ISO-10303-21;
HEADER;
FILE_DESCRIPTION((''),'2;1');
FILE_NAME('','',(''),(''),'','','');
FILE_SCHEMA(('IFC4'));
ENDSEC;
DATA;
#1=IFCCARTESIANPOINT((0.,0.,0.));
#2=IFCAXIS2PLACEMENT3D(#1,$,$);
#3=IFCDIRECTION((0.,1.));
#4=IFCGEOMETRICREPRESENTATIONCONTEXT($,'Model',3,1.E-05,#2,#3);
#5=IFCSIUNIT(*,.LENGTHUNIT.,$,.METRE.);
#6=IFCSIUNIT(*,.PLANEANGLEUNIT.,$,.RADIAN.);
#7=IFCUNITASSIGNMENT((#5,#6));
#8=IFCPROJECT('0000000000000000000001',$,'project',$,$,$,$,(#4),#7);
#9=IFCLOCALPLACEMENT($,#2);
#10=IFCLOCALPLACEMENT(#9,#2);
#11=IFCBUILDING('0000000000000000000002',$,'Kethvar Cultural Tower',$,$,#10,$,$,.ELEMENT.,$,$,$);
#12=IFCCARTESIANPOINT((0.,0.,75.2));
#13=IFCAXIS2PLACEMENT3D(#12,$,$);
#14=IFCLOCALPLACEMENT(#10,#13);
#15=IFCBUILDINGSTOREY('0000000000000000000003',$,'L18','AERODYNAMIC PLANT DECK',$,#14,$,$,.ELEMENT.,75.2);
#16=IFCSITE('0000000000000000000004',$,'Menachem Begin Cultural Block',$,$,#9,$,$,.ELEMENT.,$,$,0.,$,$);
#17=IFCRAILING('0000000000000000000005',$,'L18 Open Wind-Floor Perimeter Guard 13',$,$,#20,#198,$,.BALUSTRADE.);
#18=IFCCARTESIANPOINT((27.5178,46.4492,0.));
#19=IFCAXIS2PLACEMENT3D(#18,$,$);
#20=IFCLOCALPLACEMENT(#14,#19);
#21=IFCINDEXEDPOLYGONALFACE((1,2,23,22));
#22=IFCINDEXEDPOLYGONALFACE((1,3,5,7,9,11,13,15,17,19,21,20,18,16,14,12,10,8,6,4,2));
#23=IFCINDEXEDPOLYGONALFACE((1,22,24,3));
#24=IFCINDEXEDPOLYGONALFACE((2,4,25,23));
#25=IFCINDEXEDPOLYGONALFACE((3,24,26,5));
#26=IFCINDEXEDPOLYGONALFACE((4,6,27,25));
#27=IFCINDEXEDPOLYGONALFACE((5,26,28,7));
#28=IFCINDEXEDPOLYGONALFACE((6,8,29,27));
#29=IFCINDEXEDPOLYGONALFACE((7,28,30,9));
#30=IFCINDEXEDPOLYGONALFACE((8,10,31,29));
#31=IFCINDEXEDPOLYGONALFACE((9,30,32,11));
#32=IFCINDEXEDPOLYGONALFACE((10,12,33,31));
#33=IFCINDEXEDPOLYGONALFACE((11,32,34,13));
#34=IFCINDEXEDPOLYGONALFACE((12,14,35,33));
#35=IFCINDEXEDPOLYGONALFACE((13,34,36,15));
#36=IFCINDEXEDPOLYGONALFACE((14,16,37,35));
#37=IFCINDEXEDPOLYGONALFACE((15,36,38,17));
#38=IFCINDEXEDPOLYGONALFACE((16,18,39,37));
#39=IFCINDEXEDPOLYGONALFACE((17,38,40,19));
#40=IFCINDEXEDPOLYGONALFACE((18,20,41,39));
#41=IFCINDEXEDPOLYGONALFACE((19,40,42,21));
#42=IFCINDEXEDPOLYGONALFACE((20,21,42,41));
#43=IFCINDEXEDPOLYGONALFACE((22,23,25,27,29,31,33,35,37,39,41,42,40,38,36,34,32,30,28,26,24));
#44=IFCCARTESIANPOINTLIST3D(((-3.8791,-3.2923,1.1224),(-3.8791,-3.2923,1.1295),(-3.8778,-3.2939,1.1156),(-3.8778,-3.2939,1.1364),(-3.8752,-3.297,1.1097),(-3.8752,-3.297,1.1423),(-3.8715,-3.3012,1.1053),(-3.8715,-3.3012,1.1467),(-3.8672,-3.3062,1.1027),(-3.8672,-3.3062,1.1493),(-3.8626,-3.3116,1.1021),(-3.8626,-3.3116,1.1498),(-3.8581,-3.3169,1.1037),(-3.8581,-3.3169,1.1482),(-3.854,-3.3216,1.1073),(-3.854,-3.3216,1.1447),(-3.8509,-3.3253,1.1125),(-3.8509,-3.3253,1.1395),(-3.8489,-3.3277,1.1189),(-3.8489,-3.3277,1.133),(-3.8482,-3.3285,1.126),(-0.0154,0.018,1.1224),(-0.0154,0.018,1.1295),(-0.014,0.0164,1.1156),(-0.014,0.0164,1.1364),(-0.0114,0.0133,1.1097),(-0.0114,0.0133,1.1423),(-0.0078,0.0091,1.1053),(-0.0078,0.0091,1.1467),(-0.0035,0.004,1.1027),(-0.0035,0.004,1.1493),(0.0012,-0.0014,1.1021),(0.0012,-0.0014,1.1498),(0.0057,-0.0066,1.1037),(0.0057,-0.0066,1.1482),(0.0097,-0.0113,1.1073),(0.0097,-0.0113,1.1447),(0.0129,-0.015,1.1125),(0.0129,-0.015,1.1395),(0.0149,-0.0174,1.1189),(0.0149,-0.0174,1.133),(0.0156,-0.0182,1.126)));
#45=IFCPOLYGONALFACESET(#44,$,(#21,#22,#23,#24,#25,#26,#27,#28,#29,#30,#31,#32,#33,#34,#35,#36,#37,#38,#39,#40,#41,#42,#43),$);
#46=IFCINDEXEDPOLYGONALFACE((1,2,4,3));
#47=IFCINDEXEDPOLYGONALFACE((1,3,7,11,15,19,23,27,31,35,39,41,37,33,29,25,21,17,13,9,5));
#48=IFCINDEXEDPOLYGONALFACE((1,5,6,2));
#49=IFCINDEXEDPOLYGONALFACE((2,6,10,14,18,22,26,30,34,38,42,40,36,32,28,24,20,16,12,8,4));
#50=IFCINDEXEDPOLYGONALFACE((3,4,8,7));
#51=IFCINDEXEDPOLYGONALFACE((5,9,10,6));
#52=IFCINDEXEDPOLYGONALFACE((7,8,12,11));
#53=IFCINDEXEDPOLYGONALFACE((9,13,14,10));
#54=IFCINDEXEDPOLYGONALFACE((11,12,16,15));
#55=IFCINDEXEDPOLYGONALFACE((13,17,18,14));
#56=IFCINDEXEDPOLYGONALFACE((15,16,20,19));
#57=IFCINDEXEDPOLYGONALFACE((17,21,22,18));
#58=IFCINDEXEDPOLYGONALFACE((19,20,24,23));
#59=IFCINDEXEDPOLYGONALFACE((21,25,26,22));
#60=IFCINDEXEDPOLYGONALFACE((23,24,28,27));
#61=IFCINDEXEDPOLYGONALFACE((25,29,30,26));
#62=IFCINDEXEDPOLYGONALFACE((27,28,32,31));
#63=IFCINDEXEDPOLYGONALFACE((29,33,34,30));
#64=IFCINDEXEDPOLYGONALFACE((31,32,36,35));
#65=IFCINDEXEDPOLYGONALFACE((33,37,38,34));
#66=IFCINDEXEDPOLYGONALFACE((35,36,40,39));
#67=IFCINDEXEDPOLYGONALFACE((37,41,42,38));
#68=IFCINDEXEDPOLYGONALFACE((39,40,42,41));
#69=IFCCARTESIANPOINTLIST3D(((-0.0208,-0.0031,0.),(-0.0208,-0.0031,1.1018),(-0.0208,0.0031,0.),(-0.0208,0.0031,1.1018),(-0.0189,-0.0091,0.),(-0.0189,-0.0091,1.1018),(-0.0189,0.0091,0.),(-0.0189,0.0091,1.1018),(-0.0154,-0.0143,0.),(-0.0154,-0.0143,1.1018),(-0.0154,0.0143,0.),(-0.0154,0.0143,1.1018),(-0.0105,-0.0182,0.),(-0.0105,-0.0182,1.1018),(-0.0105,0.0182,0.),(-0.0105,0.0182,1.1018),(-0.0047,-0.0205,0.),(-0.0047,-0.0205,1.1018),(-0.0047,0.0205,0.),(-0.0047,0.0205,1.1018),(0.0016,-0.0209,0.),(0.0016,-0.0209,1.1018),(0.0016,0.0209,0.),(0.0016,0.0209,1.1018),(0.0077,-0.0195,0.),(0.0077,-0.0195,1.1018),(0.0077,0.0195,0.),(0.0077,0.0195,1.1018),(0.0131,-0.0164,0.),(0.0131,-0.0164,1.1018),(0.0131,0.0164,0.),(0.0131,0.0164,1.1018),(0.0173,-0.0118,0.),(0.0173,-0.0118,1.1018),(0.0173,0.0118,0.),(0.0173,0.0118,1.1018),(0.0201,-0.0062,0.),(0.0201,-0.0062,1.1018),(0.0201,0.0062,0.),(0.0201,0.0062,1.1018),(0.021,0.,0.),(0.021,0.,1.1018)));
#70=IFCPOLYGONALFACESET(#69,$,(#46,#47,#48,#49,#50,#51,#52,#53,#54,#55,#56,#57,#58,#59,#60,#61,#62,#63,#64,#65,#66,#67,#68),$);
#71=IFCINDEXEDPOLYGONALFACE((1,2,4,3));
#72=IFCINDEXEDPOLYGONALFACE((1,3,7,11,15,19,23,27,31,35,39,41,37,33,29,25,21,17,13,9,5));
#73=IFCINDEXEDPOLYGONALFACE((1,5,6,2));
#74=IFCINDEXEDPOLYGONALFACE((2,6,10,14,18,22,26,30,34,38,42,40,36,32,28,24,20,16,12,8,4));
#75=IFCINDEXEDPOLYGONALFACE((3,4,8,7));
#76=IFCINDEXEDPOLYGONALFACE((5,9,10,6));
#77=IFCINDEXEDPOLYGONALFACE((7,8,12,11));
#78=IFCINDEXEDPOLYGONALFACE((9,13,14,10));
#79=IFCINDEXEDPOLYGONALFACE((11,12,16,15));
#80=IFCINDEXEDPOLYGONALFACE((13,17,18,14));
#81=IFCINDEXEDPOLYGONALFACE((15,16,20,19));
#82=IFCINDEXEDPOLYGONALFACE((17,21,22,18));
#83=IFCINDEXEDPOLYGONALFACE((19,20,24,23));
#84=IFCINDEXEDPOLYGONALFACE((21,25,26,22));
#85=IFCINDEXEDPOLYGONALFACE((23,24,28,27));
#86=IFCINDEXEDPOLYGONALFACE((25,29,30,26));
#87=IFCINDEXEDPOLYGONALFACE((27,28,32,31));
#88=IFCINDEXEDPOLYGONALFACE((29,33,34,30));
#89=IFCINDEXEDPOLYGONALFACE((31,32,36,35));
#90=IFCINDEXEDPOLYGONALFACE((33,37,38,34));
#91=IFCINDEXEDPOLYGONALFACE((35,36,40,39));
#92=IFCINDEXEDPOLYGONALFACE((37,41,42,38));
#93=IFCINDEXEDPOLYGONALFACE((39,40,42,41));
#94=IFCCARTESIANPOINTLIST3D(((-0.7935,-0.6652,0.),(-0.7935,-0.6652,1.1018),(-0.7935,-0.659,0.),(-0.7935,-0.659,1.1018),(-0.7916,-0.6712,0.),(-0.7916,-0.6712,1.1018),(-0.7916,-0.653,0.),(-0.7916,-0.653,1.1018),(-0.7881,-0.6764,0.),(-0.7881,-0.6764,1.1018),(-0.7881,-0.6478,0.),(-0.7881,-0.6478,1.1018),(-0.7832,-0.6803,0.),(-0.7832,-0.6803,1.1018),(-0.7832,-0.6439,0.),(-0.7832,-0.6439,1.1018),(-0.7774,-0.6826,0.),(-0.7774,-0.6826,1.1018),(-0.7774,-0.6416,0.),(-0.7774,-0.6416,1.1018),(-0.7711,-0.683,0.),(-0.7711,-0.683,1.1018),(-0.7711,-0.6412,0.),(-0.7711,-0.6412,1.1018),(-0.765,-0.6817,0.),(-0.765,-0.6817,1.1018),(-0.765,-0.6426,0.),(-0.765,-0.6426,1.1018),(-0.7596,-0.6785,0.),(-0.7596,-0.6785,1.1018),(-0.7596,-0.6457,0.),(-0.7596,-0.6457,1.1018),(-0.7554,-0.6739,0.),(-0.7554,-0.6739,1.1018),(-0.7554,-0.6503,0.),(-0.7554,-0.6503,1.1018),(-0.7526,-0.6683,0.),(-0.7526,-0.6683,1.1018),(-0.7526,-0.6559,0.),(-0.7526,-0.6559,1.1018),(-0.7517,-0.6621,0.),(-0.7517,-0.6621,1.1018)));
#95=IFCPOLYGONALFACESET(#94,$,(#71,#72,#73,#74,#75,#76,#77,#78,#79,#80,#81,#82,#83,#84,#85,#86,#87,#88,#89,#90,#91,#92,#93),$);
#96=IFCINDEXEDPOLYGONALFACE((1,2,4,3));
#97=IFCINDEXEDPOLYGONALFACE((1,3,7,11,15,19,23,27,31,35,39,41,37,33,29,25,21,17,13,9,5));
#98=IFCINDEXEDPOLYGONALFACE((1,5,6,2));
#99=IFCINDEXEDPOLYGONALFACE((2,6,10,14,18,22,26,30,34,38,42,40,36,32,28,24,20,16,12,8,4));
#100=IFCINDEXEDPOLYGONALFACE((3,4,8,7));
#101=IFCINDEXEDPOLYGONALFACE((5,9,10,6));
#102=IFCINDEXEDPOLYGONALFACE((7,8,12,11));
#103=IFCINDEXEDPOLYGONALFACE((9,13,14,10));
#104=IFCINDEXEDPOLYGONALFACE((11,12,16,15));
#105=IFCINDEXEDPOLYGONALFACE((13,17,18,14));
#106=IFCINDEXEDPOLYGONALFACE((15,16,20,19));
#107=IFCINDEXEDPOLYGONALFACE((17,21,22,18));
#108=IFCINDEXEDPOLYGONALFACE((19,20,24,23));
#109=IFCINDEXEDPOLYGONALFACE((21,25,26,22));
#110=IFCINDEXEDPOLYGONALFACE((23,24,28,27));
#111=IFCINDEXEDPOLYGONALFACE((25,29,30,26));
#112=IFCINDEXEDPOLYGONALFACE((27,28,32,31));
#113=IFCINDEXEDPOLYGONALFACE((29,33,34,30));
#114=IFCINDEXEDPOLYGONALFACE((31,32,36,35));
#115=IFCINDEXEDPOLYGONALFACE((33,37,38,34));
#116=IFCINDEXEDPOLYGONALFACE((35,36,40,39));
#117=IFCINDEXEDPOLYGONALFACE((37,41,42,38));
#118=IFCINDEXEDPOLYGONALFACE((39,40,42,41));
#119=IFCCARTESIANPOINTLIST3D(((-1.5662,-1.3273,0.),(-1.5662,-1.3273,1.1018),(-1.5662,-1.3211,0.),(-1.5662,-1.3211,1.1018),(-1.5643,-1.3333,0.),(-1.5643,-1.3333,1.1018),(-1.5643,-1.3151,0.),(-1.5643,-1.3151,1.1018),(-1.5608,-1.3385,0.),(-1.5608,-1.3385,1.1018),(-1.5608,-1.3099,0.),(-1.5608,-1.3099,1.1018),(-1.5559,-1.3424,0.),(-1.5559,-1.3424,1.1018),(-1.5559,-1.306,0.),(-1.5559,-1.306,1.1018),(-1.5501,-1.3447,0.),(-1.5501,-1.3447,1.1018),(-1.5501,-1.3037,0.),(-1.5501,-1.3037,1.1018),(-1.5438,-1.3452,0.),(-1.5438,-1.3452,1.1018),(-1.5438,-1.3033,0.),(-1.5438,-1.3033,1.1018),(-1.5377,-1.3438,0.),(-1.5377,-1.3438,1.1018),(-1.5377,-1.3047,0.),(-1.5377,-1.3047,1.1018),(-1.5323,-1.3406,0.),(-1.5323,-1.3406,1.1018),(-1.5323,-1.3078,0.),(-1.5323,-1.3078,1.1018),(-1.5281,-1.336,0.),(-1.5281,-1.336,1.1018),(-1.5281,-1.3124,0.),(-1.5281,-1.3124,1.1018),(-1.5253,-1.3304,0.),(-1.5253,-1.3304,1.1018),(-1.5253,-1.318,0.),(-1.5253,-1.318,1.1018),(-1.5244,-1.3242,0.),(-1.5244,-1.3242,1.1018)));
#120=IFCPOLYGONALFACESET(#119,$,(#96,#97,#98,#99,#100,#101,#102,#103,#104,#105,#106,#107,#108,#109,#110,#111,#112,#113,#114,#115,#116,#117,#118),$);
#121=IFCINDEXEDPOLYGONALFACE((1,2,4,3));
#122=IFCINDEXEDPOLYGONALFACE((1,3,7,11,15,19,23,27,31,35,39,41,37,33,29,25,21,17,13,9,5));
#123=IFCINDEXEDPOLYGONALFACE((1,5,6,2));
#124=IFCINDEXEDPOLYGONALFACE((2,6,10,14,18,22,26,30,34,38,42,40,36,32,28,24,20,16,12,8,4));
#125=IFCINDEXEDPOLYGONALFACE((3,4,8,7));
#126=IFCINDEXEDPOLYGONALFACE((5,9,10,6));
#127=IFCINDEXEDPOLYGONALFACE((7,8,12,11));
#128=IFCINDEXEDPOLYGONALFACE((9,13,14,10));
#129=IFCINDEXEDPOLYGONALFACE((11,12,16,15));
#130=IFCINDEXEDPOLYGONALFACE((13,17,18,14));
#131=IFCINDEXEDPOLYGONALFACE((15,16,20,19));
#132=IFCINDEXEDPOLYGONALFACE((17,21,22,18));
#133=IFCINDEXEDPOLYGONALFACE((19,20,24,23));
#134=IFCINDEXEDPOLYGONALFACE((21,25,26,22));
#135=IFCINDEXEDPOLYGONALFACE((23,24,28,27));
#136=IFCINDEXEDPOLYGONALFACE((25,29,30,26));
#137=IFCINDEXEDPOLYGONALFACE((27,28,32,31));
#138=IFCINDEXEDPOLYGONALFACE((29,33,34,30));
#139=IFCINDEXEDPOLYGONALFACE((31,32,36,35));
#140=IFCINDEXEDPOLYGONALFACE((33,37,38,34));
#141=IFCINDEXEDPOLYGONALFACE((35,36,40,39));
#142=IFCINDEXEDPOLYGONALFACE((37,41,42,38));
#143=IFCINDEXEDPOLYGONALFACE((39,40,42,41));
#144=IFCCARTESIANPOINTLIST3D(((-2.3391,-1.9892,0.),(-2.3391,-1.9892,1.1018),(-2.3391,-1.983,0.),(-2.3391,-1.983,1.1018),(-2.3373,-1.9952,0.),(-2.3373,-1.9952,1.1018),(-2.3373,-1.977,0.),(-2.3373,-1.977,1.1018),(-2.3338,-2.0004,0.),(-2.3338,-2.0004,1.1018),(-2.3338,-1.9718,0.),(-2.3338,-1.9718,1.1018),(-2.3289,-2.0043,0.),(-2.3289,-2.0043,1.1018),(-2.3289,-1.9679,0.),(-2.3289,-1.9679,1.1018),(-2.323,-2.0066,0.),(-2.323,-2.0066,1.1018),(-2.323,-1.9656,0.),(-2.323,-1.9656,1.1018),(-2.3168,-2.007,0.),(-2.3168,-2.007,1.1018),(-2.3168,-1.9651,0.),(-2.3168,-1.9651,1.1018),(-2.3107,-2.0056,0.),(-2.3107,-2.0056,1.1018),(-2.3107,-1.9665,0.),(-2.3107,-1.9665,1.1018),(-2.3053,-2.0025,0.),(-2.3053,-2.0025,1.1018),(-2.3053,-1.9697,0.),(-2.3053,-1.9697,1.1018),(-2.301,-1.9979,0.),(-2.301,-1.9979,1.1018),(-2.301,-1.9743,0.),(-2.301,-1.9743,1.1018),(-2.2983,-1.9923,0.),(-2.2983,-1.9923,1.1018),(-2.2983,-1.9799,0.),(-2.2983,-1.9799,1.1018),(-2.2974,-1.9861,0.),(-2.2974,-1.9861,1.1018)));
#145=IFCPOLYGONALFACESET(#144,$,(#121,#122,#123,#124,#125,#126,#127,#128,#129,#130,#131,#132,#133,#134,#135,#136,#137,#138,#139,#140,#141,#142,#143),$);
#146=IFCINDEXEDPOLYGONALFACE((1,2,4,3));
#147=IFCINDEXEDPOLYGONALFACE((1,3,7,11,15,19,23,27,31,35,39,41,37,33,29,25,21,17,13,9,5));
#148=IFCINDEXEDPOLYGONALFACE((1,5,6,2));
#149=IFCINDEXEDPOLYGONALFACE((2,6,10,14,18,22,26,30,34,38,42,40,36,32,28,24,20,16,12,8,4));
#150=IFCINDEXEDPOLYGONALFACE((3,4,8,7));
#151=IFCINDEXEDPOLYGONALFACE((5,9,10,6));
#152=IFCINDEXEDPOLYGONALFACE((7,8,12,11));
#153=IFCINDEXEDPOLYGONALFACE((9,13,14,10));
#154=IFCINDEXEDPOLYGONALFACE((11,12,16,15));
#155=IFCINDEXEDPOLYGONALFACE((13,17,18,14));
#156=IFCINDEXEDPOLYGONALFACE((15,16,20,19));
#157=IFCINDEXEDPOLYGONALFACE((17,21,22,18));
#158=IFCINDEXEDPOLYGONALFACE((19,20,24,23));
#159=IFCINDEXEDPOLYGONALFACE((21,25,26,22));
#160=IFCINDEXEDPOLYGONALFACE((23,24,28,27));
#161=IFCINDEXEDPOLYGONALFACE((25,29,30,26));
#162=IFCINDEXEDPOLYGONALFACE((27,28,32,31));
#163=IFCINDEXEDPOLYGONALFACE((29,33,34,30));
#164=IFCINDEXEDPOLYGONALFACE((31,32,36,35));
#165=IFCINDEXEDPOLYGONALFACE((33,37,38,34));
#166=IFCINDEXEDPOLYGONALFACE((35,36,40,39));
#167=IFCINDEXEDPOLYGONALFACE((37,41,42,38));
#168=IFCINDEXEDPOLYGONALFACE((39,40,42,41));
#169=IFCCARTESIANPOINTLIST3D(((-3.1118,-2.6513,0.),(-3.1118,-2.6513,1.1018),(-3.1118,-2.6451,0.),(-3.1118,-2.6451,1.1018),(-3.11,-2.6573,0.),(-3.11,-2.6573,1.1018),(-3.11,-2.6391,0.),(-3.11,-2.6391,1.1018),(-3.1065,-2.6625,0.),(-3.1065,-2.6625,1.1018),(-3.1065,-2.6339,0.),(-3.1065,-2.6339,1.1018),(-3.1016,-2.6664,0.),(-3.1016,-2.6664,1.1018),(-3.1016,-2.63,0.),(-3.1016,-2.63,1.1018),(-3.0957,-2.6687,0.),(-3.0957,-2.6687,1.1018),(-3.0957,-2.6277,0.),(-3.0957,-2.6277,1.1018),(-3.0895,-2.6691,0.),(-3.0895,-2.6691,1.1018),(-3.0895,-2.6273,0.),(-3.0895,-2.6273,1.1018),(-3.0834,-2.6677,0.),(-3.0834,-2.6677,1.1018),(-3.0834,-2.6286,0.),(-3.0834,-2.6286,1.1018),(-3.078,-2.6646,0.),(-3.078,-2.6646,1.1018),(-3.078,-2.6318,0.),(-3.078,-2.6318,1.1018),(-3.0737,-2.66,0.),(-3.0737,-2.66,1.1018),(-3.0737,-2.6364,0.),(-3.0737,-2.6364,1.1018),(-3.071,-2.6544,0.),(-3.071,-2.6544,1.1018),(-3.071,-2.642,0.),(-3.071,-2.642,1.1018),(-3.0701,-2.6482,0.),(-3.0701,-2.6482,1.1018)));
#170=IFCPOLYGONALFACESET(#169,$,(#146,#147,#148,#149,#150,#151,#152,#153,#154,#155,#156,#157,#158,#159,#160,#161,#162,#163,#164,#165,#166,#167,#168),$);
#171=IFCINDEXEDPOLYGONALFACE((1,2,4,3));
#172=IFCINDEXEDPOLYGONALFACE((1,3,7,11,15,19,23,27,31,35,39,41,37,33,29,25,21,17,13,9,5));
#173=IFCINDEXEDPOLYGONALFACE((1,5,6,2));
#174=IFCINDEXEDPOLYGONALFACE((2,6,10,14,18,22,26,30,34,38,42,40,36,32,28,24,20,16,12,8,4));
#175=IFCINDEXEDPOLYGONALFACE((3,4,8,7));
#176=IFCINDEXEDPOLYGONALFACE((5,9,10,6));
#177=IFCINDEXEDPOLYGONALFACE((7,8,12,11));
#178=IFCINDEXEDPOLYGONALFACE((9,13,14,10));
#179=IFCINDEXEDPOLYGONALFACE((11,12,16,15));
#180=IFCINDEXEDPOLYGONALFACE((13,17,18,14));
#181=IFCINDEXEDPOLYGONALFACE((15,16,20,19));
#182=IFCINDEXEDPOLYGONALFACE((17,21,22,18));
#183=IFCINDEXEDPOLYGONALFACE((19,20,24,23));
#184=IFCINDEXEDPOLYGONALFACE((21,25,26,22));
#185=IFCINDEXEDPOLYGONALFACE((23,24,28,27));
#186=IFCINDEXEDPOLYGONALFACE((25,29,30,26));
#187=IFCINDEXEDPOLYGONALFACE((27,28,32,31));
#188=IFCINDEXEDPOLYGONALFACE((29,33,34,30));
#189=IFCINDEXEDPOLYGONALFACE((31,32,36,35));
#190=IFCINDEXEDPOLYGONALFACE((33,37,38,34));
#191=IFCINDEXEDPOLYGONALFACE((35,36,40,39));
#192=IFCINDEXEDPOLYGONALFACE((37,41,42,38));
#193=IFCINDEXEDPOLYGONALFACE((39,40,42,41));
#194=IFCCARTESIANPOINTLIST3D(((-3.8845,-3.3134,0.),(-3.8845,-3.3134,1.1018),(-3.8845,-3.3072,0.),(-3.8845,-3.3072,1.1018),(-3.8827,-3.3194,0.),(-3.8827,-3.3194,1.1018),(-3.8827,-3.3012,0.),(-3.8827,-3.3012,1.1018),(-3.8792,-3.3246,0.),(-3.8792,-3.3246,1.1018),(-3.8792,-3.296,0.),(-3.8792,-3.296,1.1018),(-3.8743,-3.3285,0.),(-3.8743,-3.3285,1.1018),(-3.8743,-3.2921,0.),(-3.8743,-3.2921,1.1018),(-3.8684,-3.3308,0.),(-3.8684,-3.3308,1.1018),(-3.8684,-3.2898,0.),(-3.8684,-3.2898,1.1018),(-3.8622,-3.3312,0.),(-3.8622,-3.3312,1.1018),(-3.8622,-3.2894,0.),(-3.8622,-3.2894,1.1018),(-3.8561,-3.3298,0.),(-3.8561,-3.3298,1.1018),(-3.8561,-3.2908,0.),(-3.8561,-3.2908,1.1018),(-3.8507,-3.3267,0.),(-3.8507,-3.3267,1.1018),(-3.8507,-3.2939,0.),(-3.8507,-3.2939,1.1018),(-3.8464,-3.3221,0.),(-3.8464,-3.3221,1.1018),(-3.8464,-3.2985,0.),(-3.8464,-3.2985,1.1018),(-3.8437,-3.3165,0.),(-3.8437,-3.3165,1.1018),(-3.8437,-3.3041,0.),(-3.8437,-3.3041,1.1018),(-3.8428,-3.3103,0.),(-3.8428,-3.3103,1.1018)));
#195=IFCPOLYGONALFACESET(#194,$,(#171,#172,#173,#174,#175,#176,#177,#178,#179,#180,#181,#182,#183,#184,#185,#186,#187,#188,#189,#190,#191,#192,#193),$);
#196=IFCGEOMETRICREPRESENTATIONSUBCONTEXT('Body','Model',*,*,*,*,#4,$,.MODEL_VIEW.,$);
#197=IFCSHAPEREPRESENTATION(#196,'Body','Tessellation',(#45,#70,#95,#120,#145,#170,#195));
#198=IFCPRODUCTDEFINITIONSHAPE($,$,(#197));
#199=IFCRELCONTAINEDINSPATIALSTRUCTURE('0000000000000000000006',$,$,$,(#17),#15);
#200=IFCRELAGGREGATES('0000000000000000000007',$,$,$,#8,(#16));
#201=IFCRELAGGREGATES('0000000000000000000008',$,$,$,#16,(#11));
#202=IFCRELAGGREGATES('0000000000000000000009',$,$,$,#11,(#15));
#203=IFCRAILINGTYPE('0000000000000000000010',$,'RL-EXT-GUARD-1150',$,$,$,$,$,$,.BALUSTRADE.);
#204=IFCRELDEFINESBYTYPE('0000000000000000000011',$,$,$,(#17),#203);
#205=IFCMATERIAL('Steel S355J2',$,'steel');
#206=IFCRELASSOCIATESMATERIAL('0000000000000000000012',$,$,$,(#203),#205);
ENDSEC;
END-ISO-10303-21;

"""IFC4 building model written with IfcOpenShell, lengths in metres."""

from ifc_helpers import new_model, si_unit, direction, frame, origin, origin_2d, place, context, subcontext, project, spatial, circle, extrude, material, type_object, element, save


model = new_model("IFC4")

# Units and contexts
model_context = context("Model", 3, precision=1e-05, world=origin(), true_north=direction((0.0, 1.0)))
body_context = subcontext(model_context, "Body", "Model", "MODEL_VIEW")
ifc_project = project(units=[si_unit("LENGTHUNIT", "METRE"), si_unit("PLANEANGLEUNIT", "RADIAN")], contexts=[model_context])

# Site, building, storey
site_placement = place(None, origin())
site = spatial("IfcSite", under=ifc_project, at=site_placement, Name="Menachem Begin Cultural Block", CompositionType="ELEMENT", RefElevation=0.0)
building_placement = place(site_placement, origin())
building = spatial("IfcBuilding", under=site, at=building_placement, Name="Kethvar Cultural Tower", CompositionType="ELEMENT")
storey_placement = place(building_placement, frame((0.0, 0.0, 75.2)))
storey = spatial("IfcBuildingStorey", under=building, at=storey_placement, Name="L18", Description="AERODYNAMIC PLANT DECK", CompositionType="ELEMENT", Elevation=75.2)

# Shared definitions
ifc_material_1 = material(Name="Steel S355J2", Category="steel")

# Railing
railing_type = type_object("IfcRailingType", Name="RL-EXT-GUARD-1150", PredefinedType="BALUSTRADE", material=ifc_material_1)
railing_1_placement = place(storey_placement, frame((27.5178, 46.4492, 0.0)))
element("IfcRailing", 1, at=railing_1_placement, inside=storey, type_object=railing_type, Name="L18 Open Wind-Floor Perimeter Guard 13", PredefinedType="BALUSTRADE", context=body_context, shape_type="SweptSolid", body=[
    extrude(circle(Radius=0.0239, at=origin_2d()), frame((0.0, 0.0, 1.126), z_axis=(-0.759402, -0.650621, 0.0), x_axis=(0.650621, -0.759402, 0.0)), (0.0, 0.0, 1.0), 5.0879),
    extrude(circle(Radius=0.021, at=origin_2d()), origin(), (0.0, 0.0, 1.0), 1.1018),
    extrude(circle(Radius=0.021, at=origin_2d()), frame((-0.7727, -0.6621, 0.0)), (0.0, 0.0, 1.0), 1.1018),
    extrude(circle(Radius=0.021, at=origin_2d()), frame((-1.5454, -1.3242, 0.0)), (0.0, 0.0, 1.0), 1.1018),
    extrude(circle(Radius=0.021, at=origin_2d()), frame((-2.3184, -1.9861, 0.0)), (0.0, 0.0, 1.0), 1.1018),
    extrude(circle(Radius=0.021, at=origin_2d()), frame((-3.0911, -2.6482, 0.0)), (0.0, 0.0, 1.0), 1.1018),
    extrude(circle(Radius=0.021, at=origin_2d()), frame((-3.8638, -3.3103, 0.0)), (0.0, 0.0, 1.0), 1.1018),
])

save(model, "model.ifc")
